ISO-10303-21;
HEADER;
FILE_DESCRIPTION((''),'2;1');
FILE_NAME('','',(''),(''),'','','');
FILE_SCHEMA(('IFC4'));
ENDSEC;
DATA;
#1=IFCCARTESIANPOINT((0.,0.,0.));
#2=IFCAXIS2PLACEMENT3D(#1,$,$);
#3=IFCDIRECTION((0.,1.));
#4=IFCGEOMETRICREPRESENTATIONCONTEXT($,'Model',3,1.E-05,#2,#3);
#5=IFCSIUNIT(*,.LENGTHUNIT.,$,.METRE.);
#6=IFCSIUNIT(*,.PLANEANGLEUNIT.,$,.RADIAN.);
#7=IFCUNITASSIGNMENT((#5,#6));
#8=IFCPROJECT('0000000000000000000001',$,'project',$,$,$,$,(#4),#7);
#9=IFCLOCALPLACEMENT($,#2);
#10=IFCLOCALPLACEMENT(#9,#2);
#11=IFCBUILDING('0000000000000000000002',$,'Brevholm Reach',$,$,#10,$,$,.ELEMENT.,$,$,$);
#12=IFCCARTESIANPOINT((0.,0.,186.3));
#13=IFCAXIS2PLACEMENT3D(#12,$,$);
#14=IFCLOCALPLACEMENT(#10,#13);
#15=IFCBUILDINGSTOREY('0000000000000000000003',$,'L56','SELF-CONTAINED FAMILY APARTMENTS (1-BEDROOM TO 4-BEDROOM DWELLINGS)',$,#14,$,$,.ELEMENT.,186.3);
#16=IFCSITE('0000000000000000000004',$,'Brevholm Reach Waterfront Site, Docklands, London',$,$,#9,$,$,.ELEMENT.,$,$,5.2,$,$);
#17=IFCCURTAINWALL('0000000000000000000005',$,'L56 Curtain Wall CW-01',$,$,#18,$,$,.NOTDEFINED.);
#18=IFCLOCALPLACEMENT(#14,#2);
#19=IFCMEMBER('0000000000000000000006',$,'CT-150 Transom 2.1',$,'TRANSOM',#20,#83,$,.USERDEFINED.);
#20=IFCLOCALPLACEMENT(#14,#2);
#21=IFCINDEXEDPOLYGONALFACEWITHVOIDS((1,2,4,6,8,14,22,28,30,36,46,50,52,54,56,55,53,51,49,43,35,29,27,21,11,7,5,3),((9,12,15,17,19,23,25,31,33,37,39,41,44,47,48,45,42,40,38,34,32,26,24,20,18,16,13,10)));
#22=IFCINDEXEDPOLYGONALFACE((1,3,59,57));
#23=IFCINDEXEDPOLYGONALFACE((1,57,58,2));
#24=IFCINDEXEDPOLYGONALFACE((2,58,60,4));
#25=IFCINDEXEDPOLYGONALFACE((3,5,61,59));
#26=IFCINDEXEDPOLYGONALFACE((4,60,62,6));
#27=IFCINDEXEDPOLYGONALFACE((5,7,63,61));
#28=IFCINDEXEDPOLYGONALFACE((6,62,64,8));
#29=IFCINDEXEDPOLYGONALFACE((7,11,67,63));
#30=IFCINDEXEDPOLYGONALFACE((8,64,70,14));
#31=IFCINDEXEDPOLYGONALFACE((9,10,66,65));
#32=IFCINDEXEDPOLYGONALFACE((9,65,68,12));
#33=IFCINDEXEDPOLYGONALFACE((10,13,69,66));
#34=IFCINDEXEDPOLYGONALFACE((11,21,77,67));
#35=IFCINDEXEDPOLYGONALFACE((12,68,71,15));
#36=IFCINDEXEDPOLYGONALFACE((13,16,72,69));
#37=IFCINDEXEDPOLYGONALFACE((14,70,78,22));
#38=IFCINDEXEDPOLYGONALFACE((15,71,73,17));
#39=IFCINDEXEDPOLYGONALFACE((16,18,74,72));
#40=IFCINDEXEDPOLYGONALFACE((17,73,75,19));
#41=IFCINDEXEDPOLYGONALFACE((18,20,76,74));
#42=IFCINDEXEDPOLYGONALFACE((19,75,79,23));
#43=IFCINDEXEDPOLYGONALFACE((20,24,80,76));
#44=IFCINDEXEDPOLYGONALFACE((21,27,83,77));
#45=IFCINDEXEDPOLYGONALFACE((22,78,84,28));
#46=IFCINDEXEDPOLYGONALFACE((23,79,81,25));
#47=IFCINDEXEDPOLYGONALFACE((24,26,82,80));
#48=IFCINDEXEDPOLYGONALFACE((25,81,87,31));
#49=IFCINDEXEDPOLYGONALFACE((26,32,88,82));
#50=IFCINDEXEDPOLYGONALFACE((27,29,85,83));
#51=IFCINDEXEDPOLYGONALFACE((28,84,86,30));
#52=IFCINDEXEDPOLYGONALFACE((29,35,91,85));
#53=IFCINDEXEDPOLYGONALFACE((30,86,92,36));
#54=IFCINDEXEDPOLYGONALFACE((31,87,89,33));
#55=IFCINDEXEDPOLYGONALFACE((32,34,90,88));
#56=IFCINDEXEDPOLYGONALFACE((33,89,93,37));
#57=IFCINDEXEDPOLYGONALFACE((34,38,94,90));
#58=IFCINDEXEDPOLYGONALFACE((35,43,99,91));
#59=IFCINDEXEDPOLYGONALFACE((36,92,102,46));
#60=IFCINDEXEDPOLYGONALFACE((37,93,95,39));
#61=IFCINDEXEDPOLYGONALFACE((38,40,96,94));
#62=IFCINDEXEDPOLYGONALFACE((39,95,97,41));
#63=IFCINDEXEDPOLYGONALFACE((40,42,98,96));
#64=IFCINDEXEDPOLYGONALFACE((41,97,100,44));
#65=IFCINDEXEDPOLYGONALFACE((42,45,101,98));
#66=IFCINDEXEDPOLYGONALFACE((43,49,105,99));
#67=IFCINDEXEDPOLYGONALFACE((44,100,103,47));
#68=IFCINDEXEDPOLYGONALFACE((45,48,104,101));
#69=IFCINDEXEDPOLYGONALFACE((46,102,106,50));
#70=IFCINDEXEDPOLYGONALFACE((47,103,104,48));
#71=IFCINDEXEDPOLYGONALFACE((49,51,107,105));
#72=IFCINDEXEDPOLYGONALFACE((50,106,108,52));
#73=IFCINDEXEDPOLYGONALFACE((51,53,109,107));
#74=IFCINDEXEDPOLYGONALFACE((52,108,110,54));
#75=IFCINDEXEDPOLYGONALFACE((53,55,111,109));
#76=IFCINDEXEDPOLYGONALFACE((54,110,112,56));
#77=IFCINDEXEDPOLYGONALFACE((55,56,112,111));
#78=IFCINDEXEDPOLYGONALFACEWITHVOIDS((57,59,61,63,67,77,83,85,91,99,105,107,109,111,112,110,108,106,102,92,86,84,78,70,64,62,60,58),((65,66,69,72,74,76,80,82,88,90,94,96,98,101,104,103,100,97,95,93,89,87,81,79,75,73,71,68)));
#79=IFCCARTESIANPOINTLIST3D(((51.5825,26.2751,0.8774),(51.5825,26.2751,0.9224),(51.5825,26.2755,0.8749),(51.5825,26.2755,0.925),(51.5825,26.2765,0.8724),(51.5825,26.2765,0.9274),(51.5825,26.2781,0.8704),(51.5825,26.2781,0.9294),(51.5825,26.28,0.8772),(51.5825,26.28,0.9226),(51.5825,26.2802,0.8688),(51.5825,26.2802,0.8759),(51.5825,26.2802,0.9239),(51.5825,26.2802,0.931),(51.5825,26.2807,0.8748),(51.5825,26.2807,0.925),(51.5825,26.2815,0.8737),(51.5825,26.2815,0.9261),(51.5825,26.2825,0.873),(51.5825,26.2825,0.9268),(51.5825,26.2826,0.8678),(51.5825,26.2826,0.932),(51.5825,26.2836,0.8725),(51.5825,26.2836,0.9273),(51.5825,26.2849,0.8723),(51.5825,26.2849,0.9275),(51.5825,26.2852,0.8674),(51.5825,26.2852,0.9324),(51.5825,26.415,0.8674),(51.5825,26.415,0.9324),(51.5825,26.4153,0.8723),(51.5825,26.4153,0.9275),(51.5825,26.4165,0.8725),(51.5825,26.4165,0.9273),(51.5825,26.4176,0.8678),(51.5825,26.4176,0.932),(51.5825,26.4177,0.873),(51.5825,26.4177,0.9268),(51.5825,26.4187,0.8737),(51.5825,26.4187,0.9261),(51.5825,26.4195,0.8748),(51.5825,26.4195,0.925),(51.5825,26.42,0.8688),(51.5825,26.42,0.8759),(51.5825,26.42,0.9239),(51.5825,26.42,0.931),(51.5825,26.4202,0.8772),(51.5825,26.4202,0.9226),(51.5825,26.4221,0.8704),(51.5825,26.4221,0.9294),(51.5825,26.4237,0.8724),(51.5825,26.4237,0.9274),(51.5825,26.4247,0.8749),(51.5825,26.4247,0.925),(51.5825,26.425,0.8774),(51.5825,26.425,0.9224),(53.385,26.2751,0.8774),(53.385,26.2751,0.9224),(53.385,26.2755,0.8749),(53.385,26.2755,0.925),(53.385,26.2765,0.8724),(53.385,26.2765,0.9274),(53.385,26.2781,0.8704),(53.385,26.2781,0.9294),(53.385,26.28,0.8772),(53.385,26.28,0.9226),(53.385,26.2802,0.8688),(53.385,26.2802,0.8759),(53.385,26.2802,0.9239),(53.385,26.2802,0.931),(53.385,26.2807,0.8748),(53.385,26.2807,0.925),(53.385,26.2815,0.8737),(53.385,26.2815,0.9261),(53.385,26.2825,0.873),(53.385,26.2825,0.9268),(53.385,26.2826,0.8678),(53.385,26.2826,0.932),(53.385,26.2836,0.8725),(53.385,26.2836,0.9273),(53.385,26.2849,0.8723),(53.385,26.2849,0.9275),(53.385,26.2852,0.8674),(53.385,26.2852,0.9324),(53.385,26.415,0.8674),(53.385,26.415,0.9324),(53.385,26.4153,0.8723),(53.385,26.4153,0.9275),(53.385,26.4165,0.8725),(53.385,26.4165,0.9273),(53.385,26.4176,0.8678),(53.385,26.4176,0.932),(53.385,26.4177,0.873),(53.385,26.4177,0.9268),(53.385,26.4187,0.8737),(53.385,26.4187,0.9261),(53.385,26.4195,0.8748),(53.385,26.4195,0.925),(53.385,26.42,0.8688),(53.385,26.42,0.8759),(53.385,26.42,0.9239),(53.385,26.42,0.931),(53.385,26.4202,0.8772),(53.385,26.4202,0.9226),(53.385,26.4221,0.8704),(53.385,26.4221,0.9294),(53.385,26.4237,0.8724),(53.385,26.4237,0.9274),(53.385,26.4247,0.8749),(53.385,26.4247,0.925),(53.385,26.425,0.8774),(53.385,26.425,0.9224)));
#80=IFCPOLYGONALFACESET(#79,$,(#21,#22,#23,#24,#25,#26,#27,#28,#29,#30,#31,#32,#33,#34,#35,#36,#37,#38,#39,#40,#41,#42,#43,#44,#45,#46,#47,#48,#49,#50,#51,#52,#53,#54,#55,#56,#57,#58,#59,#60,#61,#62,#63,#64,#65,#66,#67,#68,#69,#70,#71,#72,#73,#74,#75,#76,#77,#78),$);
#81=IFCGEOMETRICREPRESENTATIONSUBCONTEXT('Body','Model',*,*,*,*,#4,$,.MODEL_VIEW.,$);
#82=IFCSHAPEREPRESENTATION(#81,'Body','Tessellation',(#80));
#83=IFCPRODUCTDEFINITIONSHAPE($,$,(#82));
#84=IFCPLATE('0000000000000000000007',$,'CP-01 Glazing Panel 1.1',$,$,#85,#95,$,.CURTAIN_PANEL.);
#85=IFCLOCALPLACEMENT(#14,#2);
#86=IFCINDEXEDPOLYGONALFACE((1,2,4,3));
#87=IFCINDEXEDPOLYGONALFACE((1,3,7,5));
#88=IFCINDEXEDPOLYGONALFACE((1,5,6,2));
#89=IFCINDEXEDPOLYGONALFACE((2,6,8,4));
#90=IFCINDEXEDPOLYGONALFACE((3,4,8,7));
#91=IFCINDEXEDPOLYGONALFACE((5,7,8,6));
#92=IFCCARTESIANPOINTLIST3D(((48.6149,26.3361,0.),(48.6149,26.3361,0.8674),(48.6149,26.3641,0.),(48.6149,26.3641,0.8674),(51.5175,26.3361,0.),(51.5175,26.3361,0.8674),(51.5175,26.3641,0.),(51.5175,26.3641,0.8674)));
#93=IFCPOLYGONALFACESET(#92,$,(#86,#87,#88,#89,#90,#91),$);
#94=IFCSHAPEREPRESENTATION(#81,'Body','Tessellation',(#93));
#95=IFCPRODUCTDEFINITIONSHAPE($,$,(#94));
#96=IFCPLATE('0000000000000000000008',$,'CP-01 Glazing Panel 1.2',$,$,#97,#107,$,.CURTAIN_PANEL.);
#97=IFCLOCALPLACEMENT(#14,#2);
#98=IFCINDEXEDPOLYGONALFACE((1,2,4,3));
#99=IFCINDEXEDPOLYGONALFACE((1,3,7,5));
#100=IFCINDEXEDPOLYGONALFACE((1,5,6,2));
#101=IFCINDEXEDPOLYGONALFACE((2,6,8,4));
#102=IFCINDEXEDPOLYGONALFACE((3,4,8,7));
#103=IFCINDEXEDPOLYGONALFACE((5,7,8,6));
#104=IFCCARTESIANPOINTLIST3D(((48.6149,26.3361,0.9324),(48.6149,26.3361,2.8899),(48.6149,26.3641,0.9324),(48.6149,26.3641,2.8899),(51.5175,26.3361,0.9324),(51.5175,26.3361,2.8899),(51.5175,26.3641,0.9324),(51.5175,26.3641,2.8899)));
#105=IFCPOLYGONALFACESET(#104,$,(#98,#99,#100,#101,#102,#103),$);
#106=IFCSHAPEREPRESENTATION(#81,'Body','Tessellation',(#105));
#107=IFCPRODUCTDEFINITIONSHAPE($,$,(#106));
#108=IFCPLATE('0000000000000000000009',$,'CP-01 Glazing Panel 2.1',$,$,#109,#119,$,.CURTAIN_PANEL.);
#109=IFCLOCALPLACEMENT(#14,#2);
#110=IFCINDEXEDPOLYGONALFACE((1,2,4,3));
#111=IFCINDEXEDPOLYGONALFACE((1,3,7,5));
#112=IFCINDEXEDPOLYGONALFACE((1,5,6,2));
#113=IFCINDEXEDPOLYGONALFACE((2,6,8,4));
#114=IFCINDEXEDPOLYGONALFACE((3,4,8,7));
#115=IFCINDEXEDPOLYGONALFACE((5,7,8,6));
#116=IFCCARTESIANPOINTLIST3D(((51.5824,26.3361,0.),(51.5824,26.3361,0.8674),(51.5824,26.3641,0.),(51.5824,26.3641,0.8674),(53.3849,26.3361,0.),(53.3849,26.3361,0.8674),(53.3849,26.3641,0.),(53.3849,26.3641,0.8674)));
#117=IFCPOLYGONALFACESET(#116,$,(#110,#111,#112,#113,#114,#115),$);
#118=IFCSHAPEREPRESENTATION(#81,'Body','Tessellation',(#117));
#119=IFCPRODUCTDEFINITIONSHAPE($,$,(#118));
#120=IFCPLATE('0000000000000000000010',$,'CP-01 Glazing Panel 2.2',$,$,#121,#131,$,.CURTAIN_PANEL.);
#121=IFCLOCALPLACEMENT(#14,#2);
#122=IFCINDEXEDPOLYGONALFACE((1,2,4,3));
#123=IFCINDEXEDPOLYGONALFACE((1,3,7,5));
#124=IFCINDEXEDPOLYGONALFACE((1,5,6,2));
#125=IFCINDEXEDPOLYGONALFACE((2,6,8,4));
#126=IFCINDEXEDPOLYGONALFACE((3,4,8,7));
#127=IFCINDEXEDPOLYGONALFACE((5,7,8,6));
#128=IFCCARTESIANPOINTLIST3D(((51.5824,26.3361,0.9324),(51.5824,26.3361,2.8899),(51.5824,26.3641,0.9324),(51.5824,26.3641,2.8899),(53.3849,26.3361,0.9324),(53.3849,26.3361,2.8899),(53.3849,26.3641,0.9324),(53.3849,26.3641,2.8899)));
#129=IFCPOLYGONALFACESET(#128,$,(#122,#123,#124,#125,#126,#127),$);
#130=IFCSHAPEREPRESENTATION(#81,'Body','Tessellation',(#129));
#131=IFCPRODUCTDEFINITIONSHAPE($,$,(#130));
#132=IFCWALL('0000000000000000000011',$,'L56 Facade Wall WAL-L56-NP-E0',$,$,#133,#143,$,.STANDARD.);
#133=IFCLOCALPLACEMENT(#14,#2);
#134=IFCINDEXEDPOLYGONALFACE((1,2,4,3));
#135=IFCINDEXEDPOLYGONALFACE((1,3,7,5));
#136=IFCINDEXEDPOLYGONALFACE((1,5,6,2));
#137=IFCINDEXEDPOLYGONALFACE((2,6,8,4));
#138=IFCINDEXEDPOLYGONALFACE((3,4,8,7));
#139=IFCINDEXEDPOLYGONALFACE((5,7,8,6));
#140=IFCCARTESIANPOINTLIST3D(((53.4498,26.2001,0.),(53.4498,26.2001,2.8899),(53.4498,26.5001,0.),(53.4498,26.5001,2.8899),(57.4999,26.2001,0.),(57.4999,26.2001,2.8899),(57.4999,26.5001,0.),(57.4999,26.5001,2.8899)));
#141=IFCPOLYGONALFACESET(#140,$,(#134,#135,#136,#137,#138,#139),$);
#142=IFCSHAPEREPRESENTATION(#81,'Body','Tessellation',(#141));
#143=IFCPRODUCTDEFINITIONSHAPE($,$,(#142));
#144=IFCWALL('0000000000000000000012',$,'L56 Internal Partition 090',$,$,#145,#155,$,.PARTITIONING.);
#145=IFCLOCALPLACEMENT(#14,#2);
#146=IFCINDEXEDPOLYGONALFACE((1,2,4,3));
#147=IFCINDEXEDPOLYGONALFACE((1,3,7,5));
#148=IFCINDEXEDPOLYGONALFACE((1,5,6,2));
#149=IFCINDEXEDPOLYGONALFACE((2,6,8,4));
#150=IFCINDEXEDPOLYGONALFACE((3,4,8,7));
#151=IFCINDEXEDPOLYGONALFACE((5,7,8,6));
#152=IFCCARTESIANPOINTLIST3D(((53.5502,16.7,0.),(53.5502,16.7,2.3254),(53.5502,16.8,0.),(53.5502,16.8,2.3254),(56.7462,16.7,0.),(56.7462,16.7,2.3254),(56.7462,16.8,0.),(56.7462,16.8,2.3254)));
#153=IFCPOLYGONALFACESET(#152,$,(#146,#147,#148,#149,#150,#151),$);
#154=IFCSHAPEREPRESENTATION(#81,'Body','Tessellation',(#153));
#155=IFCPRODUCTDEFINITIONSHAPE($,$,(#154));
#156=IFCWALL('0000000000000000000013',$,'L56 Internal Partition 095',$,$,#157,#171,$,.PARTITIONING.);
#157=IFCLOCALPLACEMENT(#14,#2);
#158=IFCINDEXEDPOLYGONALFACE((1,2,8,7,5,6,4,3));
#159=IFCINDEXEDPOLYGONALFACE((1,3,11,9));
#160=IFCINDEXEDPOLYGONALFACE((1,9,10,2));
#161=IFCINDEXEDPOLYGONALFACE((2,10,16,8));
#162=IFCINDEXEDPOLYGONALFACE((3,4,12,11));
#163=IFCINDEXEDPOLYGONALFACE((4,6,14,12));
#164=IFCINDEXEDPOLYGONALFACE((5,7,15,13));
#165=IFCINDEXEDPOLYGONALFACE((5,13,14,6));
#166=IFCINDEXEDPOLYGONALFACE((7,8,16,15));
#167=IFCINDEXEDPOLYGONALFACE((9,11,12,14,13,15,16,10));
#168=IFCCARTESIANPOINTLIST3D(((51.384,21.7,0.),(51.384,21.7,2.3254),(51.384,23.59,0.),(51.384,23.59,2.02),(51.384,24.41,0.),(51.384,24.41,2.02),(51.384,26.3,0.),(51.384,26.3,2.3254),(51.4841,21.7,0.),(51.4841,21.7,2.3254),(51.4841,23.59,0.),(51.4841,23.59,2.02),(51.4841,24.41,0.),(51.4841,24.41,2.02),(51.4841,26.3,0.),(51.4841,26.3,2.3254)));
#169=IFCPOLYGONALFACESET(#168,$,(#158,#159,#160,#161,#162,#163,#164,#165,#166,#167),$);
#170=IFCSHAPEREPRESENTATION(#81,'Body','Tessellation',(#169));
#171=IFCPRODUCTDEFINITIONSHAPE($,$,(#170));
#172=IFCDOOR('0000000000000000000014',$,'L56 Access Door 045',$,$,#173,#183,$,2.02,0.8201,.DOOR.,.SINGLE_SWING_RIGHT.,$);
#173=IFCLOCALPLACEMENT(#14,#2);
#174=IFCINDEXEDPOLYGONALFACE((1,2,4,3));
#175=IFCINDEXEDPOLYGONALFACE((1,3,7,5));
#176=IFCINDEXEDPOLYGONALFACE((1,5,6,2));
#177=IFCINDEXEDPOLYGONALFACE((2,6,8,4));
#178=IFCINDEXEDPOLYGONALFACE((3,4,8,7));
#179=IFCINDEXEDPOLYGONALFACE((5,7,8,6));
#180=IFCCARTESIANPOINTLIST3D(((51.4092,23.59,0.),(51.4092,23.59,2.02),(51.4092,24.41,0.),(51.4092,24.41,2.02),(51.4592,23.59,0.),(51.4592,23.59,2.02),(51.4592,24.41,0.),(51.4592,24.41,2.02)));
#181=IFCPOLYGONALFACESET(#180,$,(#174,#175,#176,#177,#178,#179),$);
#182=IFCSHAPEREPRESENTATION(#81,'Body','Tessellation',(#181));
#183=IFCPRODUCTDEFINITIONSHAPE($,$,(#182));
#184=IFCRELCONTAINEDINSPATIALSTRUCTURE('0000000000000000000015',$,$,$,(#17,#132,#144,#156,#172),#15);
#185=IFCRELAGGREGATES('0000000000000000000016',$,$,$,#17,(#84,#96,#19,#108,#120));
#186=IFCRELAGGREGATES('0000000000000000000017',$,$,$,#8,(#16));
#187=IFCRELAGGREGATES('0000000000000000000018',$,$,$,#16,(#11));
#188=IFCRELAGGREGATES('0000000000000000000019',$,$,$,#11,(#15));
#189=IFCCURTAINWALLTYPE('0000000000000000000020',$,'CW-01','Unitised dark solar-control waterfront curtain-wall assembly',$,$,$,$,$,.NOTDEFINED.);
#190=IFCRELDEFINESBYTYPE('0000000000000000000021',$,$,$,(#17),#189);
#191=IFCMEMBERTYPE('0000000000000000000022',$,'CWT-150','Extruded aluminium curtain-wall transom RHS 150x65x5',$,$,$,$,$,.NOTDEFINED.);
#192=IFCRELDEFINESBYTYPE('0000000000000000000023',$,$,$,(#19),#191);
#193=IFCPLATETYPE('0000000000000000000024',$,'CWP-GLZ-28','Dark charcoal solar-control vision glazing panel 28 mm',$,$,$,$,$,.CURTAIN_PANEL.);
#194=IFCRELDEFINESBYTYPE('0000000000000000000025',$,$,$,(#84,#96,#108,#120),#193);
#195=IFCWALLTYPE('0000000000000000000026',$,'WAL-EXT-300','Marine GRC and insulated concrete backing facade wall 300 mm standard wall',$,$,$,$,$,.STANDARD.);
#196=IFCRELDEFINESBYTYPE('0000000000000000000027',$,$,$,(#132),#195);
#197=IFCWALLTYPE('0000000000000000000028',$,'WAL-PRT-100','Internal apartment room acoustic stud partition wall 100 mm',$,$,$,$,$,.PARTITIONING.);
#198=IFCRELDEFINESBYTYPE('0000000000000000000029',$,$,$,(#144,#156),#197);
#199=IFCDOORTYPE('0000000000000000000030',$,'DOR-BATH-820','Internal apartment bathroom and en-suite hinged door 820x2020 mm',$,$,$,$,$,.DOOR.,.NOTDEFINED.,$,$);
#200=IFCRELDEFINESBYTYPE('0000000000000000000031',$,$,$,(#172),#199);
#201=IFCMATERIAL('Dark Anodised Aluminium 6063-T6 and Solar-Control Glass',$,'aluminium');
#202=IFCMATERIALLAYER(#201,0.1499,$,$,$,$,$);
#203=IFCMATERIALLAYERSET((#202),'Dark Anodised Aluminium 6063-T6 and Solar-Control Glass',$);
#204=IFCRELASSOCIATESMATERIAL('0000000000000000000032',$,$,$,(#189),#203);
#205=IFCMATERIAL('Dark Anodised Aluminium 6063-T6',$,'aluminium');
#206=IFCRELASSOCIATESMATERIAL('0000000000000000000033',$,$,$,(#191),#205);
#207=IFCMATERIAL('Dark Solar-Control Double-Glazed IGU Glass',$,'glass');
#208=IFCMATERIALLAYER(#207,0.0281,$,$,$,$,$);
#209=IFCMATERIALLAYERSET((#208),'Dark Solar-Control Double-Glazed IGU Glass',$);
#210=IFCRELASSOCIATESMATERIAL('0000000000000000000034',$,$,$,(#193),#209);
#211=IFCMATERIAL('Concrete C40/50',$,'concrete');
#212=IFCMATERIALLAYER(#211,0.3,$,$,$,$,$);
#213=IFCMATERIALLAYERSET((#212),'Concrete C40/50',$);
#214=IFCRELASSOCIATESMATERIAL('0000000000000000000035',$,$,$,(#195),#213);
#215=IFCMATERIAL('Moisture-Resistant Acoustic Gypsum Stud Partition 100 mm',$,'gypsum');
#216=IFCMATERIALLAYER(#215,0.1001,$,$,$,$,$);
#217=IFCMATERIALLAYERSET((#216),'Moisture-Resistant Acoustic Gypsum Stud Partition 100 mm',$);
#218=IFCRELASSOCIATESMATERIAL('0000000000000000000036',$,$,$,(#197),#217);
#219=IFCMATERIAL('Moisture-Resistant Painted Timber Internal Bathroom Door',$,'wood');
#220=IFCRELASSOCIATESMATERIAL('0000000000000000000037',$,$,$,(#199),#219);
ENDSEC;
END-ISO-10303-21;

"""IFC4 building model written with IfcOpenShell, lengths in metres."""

from ifc_helpers import new_model, si_unit, direction, frame, frame_2d, origin, origin_2d, place, context, subcontext, project, spatial, rectangle, hollow_rectangle, extrude, material, layer, layer_set, material_profile, profile_set, type_object, element, fill, aggregate, save


model = new_model("IFC4")

# Units and contexts
model_context = context("Model", 3, precision=1e-05, world=origin(), true_north=direction((0.0, 1.0)))
body_context = subcontext(model_context, "Body", "Model", "MODEL_VIEW")
ifc_project = project(units=[si_unit("LENGTHUNIT", "METRE"), si_unit("PLANEANGLEUNIT", "RADIAN")], contexts=[model_context])

# Site, building, storey
site_placement = place(None, origin())
site = spatial("IfcSite", under=ifc_project, at=site_placement, Name="Brevholm Reach Waterfront Site, Docklands, London", CompositionType="ELEMENT", RefElevation=5.2)
building_placement = place(site_placement, origin())
building = spatial("IfcBuilding", under=site, at=building_placement, Name="Brevholm Reach", CompositionType="ELEMENT")
storey_placement = place(building_placement, frame((0.0, 0.0, 186.3)))
storey = spatial("IfcBuildingStorey", under=building, at=storey_placement, Name="L56", Description="SELF-CONTAINED FAMILY APARTMENTS (1-BEDROOM TO 4-BEDROOM DWELLINGS)", CompositionType="ELEMENT", Elevation=186.3)

# Curtain wall, member, plates
ifc_material_1 = material(Name="Dark Anodised Aluminium 6063-T6 and Solar-Control Glass", Category="aluminium")
ifc_layer_1 = layer(ifc_material_1, 0.1499)
ifc_layer_set_1 = layer_set([ifc_layer_1], Name="Dark Anodised Aluminium 6063-T6 and Solar-Control Glass")
curtain_wall_type = type_object("IfcCurtainWallType", Name="CW-01", Description="Unitised dark solar-control waterfront curtain-wall assembly", PredefinedType="NOTDEFINED", material=ifc_layer_set_1)
curtain_wall_placement = place(storey_placement, origin())
curtain_wall = element("IfcCurtainWall", 1, at=curtain_wall_placement, inside=storey, type_object=curtain_wall_type, Name="L56 Curtain Wall CW-01", PredefinedType="NOTDEFINED")
ifc_material_2 = material(Name="Dark Anodised Aluminium 6063-T6", Category="aluminium")
ifc_material_profile_1 = material_profile(ifc_material_2, hollow_rectangle(XDim=0.0649, YDim=0.1499, WallThickness=0.0049, InnerFilletRadius=0.0049, OuterFilletRadius=0.01, at=origin_2d()), Name="RHS 150x65x5")
ifc_profile_set_1 = profile_set([ifc_material_profile_1], Name="Dark Anodised Aluminium 6063-T6")
member_type_1 = type_object("IfcMemberType", Name="CWT-150", Description="Extruded aluminium curtain-wall transom RHS 150x65x5", PredefinedType="NOTDEFINED", material=ifc_profile_set_1)
member_1_placement = place(storey_placement, frame((51.5825, 26.3501, 0.8999), z_axis=(1.0, 0.0, 0.0), x_axis=(0.0, 0.0, 1.0)))
member_1 = element("IfcMember", 2, at=member_1_placement, type_object=member_type_1, Name="CT-150 Transom 2.1", ObjectType="TRANSOM", PredefinedType="USERDEFINED", context=body_context, shape_type="SweptSolid", body=[
    extrude(hollow_rectangle(XDim=0.0649, YDim=0.1499, WallThickness=0.0049, InnerFilletRadius=0.0049, OuterFilletRadius=0.01, at=origin_2d()), origin(), (0.0, 0.0, 1.0), 1.8025),
])
ifc_material_3 = material(Name="Dark Solar-Control Double-Glazed IGU Glass", Category="glass")
ifc_layer_2 = layer(ifc_material_3, 0.0281)
ifc_layer_set_2 = layer_set([ifc_layer_2], Name="Dark Solar-Control Double-Glazed IGU Glass")
plate_type = type_object("IfcPlateType", Name="CWP-GLZ-28", Description="Dark charcoal solar-control vision glazing panel 28 mm", PredefinedType="CURTAIN_PANEL", material=ifc_layer_set_2)
plate_1_placement = place(storey_placement, frame((50.0662, 26.3501, 0.0), z_axis=(0.0, 0.0, 1.0), x_axis=(1.0, 0.0, 0.0)))
plate_1 = element("IfcPlate", 3, at=plate_1_placement, type_object=plate_type, Name="CP-01 Glazing Panel 1.1", PredefinedType="CURTAIN_PANEL", context=body_context, shape_type="SweptSolid", body=[
    extrude(rectangle(XDim=2.9026, YDim=0.0281, at=origin_2d()), origin(), (0.0, 0.0, 1.0), 0.8674),
])
plate_2_placement = place(storey_placement, frame((50.0662, 26.3501, 0.9324), z_axis=(0.0, 0.0, 1.0), x_axis=(1.0, 0.0, 0.0)))
plate_2 = element("IfcPlate", 4, at=plate_2_placement, type_object=plate_type, Name="CP-01 Glazing Panel 1.2", PredefinedType="CURTAIN_PANEL", context=body_context, shape_type="SweptSolid", body=[
    extrude(rectangle(XDim=2.9026, YDim=0.0281, at=origin_2d()), origin(), (0.0, 0.0, 1.0), 1.9575),
])
plate_3_placement = place(storey_placement, frame((52.4836, 26.3501, 0.0), z_axis=(0.0, 0.0, 1.0), x_axis=(1.0, 0.0, 0.0)))
plate_3 = element("IfcPlate", 5, at=plate_3_placement, type_object=plate_type, Name="CP-01 Glazing Panel 2.1", PredefinedType="CURTAIN_PANEL", context=body_context, shape_type="SweptSolid", body=[
    extrude(rectangle(XDim=1.8025, YDim=0.0281, at=origin_2d()), origin(), (0.0, 0.0, 1.0), 0.8674),
])
plate_4_placement = place(storey_placement, frame((52.4836, 26.3501, 0.9324), z_axis=(0.0, 0.0, 1.0), x_axis=(1.0, 0.0, 0.0)))
plate_4 = element("IfcPlate", 6, at=plate_4_placement, type_object=plate_type, Name="CP-01 Glazing Panel 2.2", PredefinedType="CURTAIN_PANEL", context=body_context, shape_type="SweptSolid", body=[
    extrude(rectangle(XDim=1.8025, YDim=0.0281, at=origin_2d()), origin(), (0.0, 0.0, 1.0), 1.9575),
])
aggregate(curtain_wall, [plate_1, plate_2, member_1, plate_3, plate_4])

# Walls
ifc_material_4 = material(Name="Concrete C40/50", Category="concrete")
ifc_layer_3 = layer(ifc_material_4, 0.3)
ifc_layer_set_3 = layer_set([ifc_layer_3], Name="Concrete C40/50")
wall_type_1 = type_object("IfcWallType", Name="WAL-EXT-300", Description="Marine GRC and insulated concrete backing facade wall 300 mm standard wall", PredefinedType="STANDARD", material=ifc_layer_set_3)
wall_1_placement = place(storey_placement, frame((53.45, 26.3501, 0.0), z_axis=(0.0, 0.0, 1.0), x_axis=(1.0, 0.0, 0.0)))
element("IfcWall", 7, at=wall_1_placement, inside=storey, type_object=wall_type_1, Name="L56 Facade Wall WAL-L56-NP-E0", PredefinedType="STANDARD", context=body_context, shape_type="SweptSolid", body=[
    extrude(rectangle(XDim=4.05, YDim=0.3, at=frame_2d((2.0249, 0.0))), origin(), (0.0, 0.0, 1.0), 2.8899),
])
ifc_material_5 = material(Name="Moisture-Resistant Acoustic Gypsum Stud Partition 100 mm", Category="gypsum")
ifc_layer_4 = layer(ifc_material_5, 0.1001)
ifc_layer_set_4 = layer_set([ifc_layer_4], Name="Moisture-Resistant Acoustic Gypsum Stud Partition 100 mm")
wall_type_2 = type_object("IfcWallType", Name="WAL-PRT-100", Description="Internal apartment room acoustic stud partition wall 100 mm", PredefinedType="PARTITIONING", material=ifc_layer_set_4)
wall_2_placement = place(storey_placement, frame((53.55, 16.75, 0.0), z_axis=(0.0, 0.0, 1.0), x_axis=(1.0, 0.0, 0.0)))
element("IfcWall", 8, at=wall_2_placement, inside=storey, type_object=wall_type_2, Name="L56 Internal Partition 090", PredefinedType="PARTITIONING", context=body_context, shape_type="SweptSolid", body=[
    extrude(rectangle(XDim=3.196, YDim=0.1001, at=frame_2d((1.5981, 0.0))), origin(), (0.0, 0.0, 1.0), 2.3254),
])

# Wall, opening, door
wall_3_placement = place(storey_placement, frame((51.4341, 21.7, 0.0), z_axis=(0.0, 0.0, 1.0), x_axis=(0.0, 1.0, 0.0)))
wall_3 = element("IfcWall", 9, at=wall_3_placement, inside=storey, type_object=wall_type_2, Name="L56 Internal Partition 095", PredefinedType="PARTITIONING", context=body_context, shape_type="SweptSolid", body=[
    extrude(rectangle(XDim=4.6001, YDim=0.1001, at=frame_2d((2.3, 0.0))), origin(), (0.0, 0.0, 1.0), 2.3254),
])
opening_1_placement = place(wall_3_placement, frame((1.8899, 0.0, 0.0)))
opening_1 = element("IfcOpeningElement", 10, at=opening_1_placement, cuts=wall_3, PredefinedType="OPENING", context=body_context, shape_type="SweptSolid", body=[
    extrude(rectangle(XDim=0.8201, YDim=2.02, at=frame_2d((0.4102, 1.01))), frame((0.0, 0.0601, 0.0), z_axis=(0.0, -1.0, 0.0), x_axis=(1.0, 0.0, 0.0)), (0.0, 0.0, 1.0), 0.1201),
])
ifc_material_6 = material(Name="Moisture-Resistant Painted Timber Internal Bathroom Door", Category="wood")
door_type_1 = type_object("IfcDoorType", Name="DOR-BATH-820", Description="Internal apartment bathroom and en-suite hinged door 820x2020 mm", OperationType="NOTDEFINED", PredefinedType="DOOR", material=ifc_material_6)
door_1_placement = place(opening_1_placement, origin())
door_1 = element("IfcDoor", 11, at=door_1_placement, inside=storey, type_object=door_type_1, Name="L56 Access Door 045", OperationType="SINGLE_SWING_RIGHT", OverallHeight=2.02, OverallWidth=0.8201, PredefinedType="DOOR", context=body_context, shape_type="SweptSolid", body=[
    extrude(rectangle(XDim=0.8201, YDim=2.02, at=frame_2d((0.4102, 1.01))), frame((0.0, 0.0249, 0.0), z_axis=(0.0, -1.0, 0.0), x_axis=(1.0, 0.0, 0.0)), (0.0, 0.0, 1.0), 0.05),
])
fill(opening_1, door_1)

save(model, "model.ifc")
